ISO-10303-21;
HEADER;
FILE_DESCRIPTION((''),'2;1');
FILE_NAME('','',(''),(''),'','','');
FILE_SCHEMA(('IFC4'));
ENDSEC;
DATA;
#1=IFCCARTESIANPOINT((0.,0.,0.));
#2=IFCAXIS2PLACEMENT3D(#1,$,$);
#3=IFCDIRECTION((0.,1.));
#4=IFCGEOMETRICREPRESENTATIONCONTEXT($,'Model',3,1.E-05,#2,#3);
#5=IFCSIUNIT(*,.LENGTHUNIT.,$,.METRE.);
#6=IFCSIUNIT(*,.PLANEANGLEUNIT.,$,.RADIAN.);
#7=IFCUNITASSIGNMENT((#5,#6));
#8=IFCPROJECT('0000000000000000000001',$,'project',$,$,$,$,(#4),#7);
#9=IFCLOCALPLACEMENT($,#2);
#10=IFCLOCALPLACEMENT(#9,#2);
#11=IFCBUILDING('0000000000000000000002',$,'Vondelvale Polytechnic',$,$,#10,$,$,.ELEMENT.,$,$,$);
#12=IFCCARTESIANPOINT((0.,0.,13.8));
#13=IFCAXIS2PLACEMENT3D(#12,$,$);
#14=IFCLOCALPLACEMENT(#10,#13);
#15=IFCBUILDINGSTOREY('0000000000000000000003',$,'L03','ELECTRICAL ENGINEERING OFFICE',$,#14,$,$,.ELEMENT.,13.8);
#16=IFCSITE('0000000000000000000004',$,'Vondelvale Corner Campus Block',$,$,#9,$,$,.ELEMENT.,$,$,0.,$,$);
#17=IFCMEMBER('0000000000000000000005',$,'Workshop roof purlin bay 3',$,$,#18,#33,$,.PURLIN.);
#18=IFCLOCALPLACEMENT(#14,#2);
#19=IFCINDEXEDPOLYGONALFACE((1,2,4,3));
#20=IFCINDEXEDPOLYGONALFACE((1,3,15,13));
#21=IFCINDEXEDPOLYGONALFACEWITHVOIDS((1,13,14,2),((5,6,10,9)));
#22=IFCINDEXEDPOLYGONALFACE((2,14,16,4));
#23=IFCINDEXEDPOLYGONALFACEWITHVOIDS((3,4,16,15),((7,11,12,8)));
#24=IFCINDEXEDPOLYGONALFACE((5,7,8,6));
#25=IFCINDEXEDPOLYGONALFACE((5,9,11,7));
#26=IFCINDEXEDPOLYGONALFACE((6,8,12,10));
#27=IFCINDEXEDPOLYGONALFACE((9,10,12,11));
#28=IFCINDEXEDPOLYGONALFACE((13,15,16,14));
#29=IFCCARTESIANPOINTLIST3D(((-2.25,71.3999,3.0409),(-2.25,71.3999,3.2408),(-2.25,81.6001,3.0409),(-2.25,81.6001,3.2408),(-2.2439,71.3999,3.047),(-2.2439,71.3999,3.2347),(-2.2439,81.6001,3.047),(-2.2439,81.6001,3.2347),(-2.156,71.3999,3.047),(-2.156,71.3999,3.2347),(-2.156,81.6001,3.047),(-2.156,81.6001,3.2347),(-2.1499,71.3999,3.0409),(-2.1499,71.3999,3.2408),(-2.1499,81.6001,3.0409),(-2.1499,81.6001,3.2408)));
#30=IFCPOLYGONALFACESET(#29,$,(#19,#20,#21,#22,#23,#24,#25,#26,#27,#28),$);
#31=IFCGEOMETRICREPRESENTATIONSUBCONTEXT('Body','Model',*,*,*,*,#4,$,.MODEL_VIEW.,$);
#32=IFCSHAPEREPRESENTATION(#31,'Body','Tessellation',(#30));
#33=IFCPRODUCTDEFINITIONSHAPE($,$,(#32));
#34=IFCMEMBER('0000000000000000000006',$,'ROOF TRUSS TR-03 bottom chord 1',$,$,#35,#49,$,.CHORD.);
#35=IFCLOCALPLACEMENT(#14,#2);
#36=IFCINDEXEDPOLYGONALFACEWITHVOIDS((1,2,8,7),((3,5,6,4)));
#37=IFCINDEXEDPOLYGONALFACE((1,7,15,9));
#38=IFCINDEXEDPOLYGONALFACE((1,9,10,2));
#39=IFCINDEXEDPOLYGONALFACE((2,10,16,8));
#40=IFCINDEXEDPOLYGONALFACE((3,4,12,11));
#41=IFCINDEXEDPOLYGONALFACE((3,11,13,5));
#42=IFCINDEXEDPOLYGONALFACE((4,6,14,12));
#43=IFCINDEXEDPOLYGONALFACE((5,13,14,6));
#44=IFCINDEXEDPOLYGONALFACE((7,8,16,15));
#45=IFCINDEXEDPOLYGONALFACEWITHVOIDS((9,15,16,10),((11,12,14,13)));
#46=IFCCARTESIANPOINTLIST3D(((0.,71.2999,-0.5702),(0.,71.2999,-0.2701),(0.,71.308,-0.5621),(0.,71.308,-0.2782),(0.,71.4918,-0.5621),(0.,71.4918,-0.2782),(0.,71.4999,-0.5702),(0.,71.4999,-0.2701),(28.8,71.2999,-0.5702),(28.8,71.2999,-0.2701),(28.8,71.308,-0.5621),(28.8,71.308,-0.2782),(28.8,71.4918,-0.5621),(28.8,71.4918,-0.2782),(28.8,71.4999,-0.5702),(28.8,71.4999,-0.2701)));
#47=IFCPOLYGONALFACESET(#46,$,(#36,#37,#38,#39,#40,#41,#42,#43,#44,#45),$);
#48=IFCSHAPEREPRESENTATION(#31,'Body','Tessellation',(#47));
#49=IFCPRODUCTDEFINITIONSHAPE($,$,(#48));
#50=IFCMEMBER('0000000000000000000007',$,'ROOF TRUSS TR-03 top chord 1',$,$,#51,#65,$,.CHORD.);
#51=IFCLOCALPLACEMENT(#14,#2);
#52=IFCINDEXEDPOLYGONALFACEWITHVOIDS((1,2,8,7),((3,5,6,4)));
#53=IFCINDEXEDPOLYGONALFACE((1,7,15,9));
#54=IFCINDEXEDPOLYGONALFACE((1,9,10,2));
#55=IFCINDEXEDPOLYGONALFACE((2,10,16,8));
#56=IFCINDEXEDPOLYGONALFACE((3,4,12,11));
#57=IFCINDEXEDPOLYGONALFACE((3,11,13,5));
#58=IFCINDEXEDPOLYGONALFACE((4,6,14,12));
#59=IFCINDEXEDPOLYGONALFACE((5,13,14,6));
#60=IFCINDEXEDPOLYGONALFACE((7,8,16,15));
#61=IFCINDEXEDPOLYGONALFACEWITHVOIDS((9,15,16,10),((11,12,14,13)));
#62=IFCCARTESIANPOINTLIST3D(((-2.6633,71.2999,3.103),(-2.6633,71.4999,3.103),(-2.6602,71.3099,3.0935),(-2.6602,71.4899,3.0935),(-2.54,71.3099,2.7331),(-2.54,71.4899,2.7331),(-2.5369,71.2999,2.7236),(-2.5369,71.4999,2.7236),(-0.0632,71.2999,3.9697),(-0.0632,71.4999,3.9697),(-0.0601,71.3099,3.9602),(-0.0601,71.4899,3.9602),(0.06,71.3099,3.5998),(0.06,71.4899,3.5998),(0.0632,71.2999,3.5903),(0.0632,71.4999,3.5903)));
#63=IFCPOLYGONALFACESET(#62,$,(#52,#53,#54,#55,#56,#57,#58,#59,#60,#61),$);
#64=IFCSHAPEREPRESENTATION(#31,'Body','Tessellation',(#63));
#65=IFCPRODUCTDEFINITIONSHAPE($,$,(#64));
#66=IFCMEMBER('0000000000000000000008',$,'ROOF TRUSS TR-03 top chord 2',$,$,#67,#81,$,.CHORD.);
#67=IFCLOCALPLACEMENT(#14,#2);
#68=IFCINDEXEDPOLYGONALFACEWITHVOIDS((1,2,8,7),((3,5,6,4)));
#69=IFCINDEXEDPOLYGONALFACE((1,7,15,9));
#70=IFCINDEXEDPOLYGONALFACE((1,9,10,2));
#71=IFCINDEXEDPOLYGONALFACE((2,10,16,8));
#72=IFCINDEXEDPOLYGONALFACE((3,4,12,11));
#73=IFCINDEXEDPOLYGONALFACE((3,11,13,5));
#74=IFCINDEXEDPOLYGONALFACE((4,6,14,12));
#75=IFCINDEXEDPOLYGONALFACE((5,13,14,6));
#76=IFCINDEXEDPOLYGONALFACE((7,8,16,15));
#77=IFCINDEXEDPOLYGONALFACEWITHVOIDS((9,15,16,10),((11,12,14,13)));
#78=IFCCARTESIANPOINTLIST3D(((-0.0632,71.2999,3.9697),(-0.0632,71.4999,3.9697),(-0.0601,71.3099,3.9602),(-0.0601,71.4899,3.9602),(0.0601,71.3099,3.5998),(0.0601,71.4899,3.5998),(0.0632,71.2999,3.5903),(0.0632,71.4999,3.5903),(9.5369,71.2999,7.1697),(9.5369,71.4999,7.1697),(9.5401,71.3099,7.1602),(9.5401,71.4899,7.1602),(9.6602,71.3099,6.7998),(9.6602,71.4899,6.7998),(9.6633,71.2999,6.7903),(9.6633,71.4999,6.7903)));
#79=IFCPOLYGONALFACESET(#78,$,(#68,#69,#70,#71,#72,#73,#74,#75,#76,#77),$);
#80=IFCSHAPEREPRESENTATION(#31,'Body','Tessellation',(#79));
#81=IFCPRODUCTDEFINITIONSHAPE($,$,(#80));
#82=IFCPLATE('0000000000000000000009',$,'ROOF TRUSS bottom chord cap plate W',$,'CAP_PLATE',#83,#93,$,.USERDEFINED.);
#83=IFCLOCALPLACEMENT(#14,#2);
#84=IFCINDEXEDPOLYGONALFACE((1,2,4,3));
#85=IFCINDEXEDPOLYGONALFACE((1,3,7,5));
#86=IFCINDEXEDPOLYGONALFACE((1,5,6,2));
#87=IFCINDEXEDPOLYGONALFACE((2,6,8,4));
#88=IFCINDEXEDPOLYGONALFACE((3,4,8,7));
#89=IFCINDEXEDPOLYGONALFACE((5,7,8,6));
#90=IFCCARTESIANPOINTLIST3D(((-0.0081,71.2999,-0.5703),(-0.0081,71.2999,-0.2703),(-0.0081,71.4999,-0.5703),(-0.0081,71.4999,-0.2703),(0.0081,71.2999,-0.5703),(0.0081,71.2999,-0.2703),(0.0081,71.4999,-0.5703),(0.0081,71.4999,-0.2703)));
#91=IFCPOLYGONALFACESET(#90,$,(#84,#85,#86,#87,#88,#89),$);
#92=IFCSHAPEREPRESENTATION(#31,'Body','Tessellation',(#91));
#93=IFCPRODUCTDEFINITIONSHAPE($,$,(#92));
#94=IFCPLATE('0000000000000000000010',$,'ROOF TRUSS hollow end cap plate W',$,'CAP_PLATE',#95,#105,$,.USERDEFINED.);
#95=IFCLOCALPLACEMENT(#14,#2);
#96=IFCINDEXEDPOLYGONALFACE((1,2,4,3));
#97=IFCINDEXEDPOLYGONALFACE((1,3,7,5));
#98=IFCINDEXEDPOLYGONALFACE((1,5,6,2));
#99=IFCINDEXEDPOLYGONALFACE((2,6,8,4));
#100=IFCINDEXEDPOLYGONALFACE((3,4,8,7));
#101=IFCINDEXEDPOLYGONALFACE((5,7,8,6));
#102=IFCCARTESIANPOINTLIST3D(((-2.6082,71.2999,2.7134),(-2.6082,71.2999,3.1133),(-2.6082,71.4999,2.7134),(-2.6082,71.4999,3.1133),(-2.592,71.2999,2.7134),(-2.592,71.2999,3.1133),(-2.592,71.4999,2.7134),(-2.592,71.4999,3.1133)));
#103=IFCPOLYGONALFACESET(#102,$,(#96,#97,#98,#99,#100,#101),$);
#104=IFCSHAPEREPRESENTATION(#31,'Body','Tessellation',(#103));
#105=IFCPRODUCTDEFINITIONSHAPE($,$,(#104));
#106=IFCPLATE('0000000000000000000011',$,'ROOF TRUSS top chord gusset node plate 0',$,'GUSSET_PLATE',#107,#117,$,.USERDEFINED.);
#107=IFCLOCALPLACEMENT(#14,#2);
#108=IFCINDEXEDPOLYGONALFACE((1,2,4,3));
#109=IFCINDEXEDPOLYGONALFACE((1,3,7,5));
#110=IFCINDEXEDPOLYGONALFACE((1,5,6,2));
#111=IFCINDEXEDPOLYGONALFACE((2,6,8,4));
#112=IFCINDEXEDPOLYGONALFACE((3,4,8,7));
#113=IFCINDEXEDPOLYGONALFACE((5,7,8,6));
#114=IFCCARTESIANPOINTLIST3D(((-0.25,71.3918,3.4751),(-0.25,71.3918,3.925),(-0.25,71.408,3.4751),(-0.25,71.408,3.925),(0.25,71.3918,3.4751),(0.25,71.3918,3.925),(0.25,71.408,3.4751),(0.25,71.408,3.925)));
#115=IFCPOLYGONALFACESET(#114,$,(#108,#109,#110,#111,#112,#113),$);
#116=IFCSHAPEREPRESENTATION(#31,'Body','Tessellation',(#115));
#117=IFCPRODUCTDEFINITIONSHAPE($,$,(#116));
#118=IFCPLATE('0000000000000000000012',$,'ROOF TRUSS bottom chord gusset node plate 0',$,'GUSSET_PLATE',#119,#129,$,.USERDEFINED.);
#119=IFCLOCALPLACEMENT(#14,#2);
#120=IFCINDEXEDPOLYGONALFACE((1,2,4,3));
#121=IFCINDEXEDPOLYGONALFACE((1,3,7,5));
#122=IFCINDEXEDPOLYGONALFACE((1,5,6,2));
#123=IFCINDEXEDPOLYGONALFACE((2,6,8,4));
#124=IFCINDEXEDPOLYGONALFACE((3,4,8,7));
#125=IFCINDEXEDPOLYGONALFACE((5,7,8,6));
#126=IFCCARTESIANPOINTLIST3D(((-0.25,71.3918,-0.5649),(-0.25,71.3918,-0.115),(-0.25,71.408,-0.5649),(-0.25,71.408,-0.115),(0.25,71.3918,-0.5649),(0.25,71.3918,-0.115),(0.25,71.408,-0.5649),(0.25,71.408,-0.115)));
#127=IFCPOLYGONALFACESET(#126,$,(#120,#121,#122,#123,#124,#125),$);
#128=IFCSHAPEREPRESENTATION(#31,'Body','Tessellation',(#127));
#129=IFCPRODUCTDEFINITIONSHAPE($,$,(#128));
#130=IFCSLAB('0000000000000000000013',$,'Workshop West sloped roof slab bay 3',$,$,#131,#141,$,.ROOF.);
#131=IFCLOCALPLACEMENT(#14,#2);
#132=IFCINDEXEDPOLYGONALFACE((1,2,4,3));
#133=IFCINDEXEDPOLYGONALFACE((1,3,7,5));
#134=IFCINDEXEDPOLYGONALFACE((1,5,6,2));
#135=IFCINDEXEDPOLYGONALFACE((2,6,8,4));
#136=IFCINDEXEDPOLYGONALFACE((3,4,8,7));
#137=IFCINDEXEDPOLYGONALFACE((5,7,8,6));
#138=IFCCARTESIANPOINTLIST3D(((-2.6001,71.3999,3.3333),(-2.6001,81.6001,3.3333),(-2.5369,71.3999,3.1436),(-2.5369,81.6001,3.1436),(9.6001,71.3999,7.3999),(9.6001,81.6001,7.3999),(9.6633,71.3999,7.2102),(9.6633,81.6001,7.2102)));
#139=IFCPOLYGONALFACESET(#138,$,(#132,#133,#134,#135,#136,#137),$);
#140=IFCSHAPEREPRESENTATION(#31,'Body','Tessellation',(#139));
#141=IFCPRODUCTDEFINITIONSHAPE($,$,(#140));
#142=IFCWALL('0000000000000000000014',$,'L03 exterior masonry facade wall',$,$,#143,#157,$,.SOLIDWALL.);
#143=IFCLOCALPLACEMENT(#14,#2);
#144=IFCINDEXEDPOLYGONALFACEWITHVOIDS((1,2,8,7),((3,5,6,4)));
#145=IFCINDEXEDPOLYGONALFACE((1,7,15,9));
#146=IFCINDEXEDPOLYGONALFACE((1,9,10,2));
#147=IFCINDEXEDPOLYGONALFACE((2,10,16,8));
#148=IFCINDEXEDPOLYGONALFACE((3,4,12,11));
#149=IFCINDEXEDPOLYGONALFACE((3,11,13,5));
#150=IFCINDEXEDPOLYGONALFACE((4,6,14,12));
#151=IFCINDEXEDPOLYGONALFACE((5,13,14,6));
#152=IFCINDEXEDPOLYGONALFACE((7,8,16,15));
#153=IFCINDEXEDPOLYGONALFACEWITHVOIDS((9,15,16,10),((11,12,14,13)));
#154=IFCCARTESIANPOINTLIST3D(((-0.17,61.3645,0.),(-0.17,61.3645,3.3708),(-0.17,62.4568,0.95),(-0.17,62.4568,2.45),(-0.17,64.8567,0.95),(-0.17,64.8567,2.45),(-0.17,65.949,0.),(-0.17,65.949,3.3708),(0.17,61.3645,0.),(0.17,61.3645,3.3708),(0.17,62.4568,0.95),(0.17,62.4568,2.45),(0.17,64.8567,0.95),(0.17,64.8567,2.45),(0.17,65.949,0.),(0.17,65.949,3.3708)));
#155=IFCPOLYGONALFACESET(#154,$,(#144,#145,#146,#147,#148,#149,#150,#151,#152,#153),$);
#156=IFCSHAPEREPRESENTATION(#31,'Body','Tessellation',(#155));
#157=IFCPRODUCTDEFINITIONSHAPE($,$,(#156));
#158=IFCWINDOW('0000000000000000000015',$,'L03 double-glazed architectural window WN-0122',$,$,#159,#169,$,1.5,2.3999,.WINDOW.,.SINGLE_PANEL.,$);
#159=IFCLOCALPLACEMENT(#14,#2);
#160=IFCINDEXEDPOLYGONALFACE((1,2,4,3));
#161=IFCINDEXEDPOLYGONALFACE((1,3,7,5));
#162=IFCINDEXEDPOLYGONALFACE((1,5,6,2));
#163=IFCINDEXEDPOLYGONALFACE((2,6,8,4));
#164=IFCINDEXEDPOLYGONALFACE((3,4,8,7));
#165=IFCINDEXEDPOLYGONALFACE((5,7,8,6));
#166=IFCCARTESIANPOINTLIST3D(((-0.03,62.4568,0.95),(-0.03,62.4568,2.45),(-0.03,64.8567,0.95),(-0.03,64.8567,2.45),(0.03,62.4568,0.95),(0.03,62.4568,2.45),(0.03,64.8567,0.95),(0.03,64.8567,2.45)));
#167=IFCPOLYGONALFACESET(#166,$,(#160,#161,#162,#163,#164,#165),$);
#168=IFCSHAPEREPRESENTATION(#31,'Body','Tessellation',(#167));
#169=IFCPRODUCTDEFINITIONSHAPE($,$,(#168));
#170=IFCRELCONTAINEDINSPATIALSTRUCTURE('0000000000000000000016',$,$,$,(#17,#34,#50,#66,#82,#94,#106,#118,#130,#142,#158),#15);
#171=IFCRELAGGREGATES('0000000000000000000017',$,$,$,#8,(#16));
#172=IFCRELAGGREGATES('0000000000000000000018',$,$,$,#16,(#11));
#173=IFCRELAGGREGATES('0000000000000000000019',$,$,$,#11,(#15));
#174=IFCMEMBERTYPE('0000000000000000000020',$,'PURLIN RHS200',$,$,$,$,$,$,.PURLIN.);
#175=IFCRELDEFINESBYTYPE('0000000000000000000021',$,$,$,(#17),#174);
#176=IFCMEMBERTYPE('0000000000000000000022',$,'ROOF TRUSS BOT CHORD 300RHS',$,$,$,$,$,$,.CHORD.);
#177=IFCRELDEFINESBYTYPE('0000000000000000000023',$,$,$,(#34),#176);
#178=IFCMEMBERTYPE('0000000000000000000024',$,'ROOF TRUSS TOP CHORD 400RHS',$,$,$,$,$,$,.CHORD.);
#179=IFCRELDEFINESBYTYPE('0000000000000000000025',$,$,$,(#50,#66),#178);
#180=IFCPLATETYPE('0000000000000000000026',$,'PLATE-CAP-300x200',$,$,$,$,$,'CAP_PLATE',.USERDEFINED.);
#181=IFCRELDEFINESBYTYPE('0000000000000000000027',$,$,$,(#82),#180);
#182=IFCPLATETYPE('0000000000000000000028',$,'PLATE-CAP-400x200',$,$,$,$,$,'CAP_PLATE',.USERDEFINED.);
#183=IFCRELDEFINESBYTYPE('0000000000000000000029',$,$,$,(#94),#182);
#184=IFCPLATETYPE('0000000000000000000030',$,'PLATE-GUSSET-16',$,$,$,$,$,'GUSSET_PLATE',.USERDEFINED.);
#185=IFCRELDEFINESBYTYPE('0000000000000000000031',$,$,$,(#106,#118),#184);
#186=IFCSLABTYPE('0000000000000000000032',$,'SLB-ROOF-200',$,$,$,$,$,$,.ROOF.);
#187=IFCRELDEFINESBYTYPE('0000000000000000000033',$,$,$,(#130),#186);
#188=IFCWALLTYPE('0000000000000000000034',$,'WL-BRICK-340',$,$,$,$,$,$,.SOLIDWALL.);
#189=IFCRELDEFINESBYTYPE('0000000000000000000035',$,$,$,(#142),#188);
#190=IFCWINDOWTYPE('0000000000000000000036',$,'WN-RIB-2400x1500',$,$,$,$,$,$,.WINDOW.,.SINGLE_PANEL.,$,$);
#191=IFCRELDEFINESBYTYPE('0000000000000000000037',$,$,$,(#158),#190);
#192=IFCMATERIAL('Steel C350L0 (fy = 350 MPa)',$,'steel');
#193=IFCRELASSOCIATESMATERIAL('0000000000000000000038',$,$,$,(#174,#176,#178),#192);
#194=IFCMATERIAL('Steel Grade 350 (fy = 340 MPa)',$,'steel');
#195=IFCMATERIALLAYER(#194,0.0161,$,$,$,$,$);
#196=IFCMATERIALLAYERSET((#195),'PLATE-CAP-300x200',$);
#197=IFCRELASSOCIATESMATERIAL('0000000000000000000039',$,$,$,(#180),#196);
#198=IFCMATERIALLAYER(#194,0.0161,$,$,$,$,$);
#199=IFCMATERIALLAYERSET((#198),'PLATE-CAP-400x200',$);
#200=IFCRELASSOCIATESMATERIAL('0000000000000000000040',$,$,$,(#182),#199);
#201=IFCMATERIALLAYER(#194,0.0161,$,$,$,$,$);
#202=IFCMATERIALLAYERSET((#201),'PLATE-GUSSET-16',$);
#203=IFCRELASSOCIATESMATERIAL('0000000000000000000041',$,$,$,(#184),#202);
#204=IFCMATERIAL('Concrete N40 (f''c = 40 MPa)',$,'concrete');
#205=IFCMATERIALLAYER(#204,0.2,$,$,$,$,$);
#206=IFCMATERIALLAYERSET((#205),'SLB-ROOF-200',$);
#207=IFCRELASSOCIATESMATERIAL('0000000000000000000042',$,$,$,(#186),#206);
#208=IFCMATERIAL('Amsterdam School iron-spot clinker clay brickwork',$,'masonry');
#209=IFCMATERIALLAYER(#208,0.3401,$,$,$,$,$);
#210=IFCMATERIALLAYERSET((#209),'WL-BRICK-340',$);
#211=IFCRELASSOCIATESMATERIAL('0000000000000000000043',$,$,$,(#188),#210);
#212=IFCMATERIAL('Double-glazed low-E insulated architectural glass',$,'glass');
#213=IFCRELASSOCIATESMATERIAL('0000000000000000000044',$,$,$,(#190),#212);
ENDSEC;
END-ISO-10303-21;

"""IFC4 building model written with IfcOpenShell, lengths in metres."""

from ifc_helpers import new_model, si_unit, direction, frame, frame_2d, origin, origin_2d, place, context, subcontext, project, spatial, polyline, rectangle, hollow_rectangle, outline, extrude, material, layer, layer_set, material_profile, profile_set, type_object, element, fill, save


model = new_model("IFC4")

# Units and contexts
model_context = context("Model", 3, precision=1e-05, world=origin(), true_north=direction((0.0, 1.0)))
body_context = subcontext(model_context, "Body", "Model", "MODEL_VIEW")
ifc_project = project(units=[si_unit("LENGTHUNIT", "METRE"), si_unit("PLANEANGLEUNIT", "RADIAN")], contexts=[model_context])

# Site, building, storey
site_placement = place(None, origin())
site = spatial("IfcSite", under=ifc_project, at=site_placement, Name="Vondelvale Corner Campus Block", CompositionType="ELEMENT", RefElevation=0.0)
building_placement = place(site_placement, origin())
building = spatial("IfcBuilding", under=site, at=building_placement, Name="Vondelvale Polytechnic", CompositionType="ELEMENT")
storey_placement = place(building_placement, frame((0.0, 0.0, 13.8)))
storey = spatial("IfcBuildingStorey", under=building, at=storey_placement, Name="L03", Description="ELECTRICAL ENGINEERING OFFICE", CompositionType="ELEMENT", Elevation=13.8)

# Members
ifc_material_1 = material(Name="Steel C350L0 (fy = 350 MPa)", Category="steel")
ifc_material_profile_1 = material_profile(ifc_material_1, hollow_rectangle(XDim=0.1001, YDim=0.2, WallThickness=0.0061, at=origin_2d()), Name="200x100x6.0RHS")
ifc_profile_set_1 = profile_set([ifc_material_profile_1], Name="Steel C350L0 (fy = 350 MPa)")
member_type_1 = type_object("IfcMemberType", Name="PURLIN RHS200", PredefinedType="PURLIN", material=ifc_profile_set_1)
member_1_placement = place(storey_placement, frame((-2.2, 71.3999, 3.1409), z_axis=(0.0, 1.0, 0.0), x_axis=(-1.0, 0.0, 0.0)))
element("IfcMember", 1, at=member_1_placement, inside=storey, type_object=member_type_1, Name="Workshop roof purlin bay 3", PredefinedType="PURLIN", context=body_context, shape_type="SweptSolid", body=[
    extrude(hollow_rectangle(XDim=0.1001, YDim=0.2, WallThickness=0.0061, at=origin_2d()), origin(), (0.0, 0.0, 1.0), 10.2002),
])
ifc_material_profile_2 = material_profile(ifc_material_1, hollow_rectangle(XDim=0.2, YDim=0.3, WallThickness=0.0081, at=origin_2d()), Name="300x200x8.0RHS")
ifc_profile_set_2 = profile_set([ifc_material_profile_2], Name="Steel C350L0 (fy = 350 MPa)")
member_type_2 = type_object("IfcMemberType", Name="ROOF TRUSS BOT CHORD 300RHS", PredefinedType="CHORD", material=ifc_profile_set_2)
member_2_placement = place(storey_placement, frame((0.0, 71.3999, -0.4202), z_axis=(1.0, 0.0, 0.0), x_axis=(0.0, 1.0, 0.0)))
element("IfcMember", 2, at=member_2_placement, inside=storey, type_object=member_type_2, Name="ROOF TRUSS TR-03 bottom chord 1", PredefinedType="CHORD", context=body_context, shape_type="SweptSolid", body=[
    extrude(hollow_rectangle(XDim=0.2, YDim=0.3, WallThickness=0.0081, at=origin_2d()), origin(), (0.0, 0.0, 1.0), 28.8),
])
ifc_material_profile_3 = material_profile(ifc_material_1, hollow_rectangle(XDim=0.2, YDim=0.3999, WallThickness=0.01, at=origin_2d()), Name="400x200x10.0RHS")
ifc_profile_set_3 = profile_set([ifc_material_profile_3], Name="Steel C350L0 (fy = 350 MPa)")
member_type_3 = type_object("IfcMemberType", Name="ROOF TRUSS TOP CHORD 400RHS", PredefinedType="CHORD", material=ifc_profile_set_3)
member_3_placement = place(storey_placement, frame((-2.6001, 71.3999, 2.9133), z_axis=(0.948683, 0.0, 0.316228), x_axis=(0.0, 1.0, 0.0)))
element("IfcMember", 3, at=member_3_placement, inside=storey, type_object=member_type_3, Name="ROOF TRUSS TR-03 top chord 1", PredefinedType="CHORD", context=body_context, shape_type="SweptSolid", body=[
    extrude(hollow_rectangle(XDim=0.2, YDim=0.3999, WallThickness=0.01, at=origin_2d()), origin(), (0.0, 0.0, 1.0), 2.7407),
])
member_4_placement = place(storey_placement, frame((0.0, 71.3999, 3.78), z_axis=(0.948686, 0.0, 0.316221), x_axis=(0.0, 1.0, 0.0)))
element("IfcMember", 4, at=member_4_placement, inside=storey, type_object=member_type_3, Name="ROOF TRUSS TR-03 top chord 2", PredefinedType="CHORD", context=body_context, shape_type="SweptSolid", body=[
    extrude(hollow_rectangle(XDim=0.2, YDim=0.3999, WallThickness=0.01, at=origin_2d()), origin(), (0.0, 0.0, 1.0), 10.1194),
])

# Plates
ifc_material_2 = material(Name="Steel Grade 350 (fy = 340 MPa)", Category="steel")
ifc_layer_1 = layer(ifc_material_2, 0.0161)
ifc_layer_set_1 = layer_set([ifc_layer_1], Name="PLATE-CAP-300x200")
plate_type_1 = type_object("IfcPlateType", Name="PLATE-CAP-300x200", ElementType="CAP_PLATE", PredefinedType="USERDEFINED", material=ifc_layer_set_1)
plate_1_placement = place(storey_placement, frame((0.0, 71.3999, -0.5703), z_axis=(0.0, 0.0, 1.0), x_axis=(1.0, 0.0, 0.0)))
element("IfcPlate", 5, at=plate_1_placement, inside=storey, type_object=plate_type_1, Name="ROOF TRUSS bottom chord cap plate W", ObjectType="CAP_PLATE", PredefinedType="USERDEFINED", context=body_context, shape_type="SweptSolid", body=[
    extrude(rectangle(XDim=0.0161, YDim=0.2, at=origin_2d()), origin(), (0.0, 0.0, 1.0), 0.3),
])
ifc_layer_2 = layer(ifc_material_2, 0.0161)
ifc_layer_set_2 = layer_set([ifc_layer_2], Name="PLATE-CAP-400x200")
plate_type_2 = type_object("IfcPlateType", Name="PLATE-CAP-400x200", ElementType="CAP_PLATE", PredefinedType="USERDEFINED", material=ifc_layer_set_2)
plate_2_placement = place(storey_placement, frame((-2.6001, 71.3999, 2.7134), z_axis=(0.0, 0.0, 1.0), x_axis=(1.0, 0.0, 0.0)))
element("IfcPlate", 6, at=plate_2_placement, inside=storey, type_object=plate_type_2, Name="ROOF TRUSS hollow end cap plate W", ObjectType="CAP_PLATE", PredefinedType="USERDEFINED", context=body_context, shape_type="SweptSolid", body=[
    extrude(rectangle(XDim=0.0161, YDim=0.2, at=origin_2d()), origin(), (0.0, 0.0, 1.0), 0.3999),
])
ifc_layer_3 = layer(ifc_material_2, 0.0161)
ifc_layer_set_3 = layer_set([ifc_layer_3], Name="PLATE-GUSSET-16")
plate_type_3 = type_object("IfcPlateType", Name="PLATE-GUSSET-16", ElementType="GUSSET_PLATE", PredefinedType="USERDEFINED", material=ifc_layer_set_3)
for number, where, z_axis, x_axis, name in (
    (7, (0.0, 71.3999, 3.4751), (0.0, 0.0, 1.0), (1.0, 0.0, 0.0), "ROOF TRUSS top chord gusset node plate 0"),
    (8, (0.0, 71.3999, -0.5649), (0.0, 0.0, 1.0), (1.0, 0.0, 0.0), "ROOF TRUSS bottom chord gusset node plate 0"),
):
    element("IfcPlate", number, at=place(storey_placement, frame(where, z_axis=z_axis, x_axis=x_axis)), inside=storey, type_object=plate_type_3, Name=name, ObjectType="GUSSET_PLATE", PredefinedType="USERDEFINED", context=body_context, shape_type="SweptSolid", body=[
        extrude(rectangle(XDim=0.5, YDim=0.0161, at=origin_2d()), origin(), (0.0, 0.0, 1.0), 0.45),
    ])

# Slab
ifc_material_3 = material(Name="Concrete N40 (f'c = 40 MPa)", Category="concrete")
ifc_layer_4 = layer(ifc_material_3, 0.2)
ifc_layer_set_4 = layer_set([ifc_layer_4], Name="SLB-ROOF-200")
slab_type = type_object("IfcSlabType", Name="SLB-ROOF-200", PredefinedType="ROOF", material=ifc_layer_set_4)
slab_placement = place(storey_placement, frame((-2.6001, 71.3999, 3.3333), z_axis=(-0.316222, 0.0, 0.948685), x_axis=(0.948685, 0.0, 0.316222)))
element("IfcSlab", 9, at=slab_placement, inside=storey, type_object=slab_type, Name="Workshop West sloped roof slab bay 3", PredefinedType="ROOF", context=body_context, shape_type="SweptSolid", body=[
    extrude(outline(polyline([(0.0, 0.0), (12.8601, 0.0), (12.8601, 10.2002), (0.0, 10.2002), (0.0, 0.0)])), origin(), (0.0, 0.0, -1.0), 0.2),
])

# Wall, opening, window
ifc_material_4 = material(Name="Amsterdam School iron-spot clinker clay brickwork", Category="masonry")
ifc_layer_5 = layer(ifc_material_4, 0.3401)
ifc_layer_set_5 = layer_set([ifc_layer_5], Name="WL-BRICK-340")
wall_type = type_object("IfcWallType", Name="WL-BRICK-340", PredefinedType="SOLIDWALL", material=ifc_layer_set_5)
wall_1_placement = place(storey_placement, frame((0.0, 61.3645, 0.0), z_axis=(0.0, 0.0, 1.0), x_axis=(0.0, 1.0, 0.0)))
wall_1 = element("IfcWall", 10, at=wall_1_placement, inside=storey, type_object=wall_type, Name="L03 exterior masonry facade wall", PredefinedType="SOLIDWALL", context=body_context, shape_type="SweptSolid", body=[
    extrude(rectangle(XDim=4.5845, YDim=0.3401, at=frame_2d((2.2922, 0.0))), origin(), (0.0, 0.0, 1.0), 3.3708),
])
opening_1_placement = place(wall_1_placement, frame((1.0923, 0.0, 0.95)))
opening_1 = element("IfcOpeningElement", 11, at=opening_1_placement, cuts=wall_1, PredefinedType="OPENING", context=body_context, shape_type="SweptSolid", body=[
    extrude(rectangle(XDim=2.3999, YDim=1.5, at=frame_2d((1.2, 0.75))), frame((0.0, 0.1799, 0.0), z_axis=(0.0, -1.0, 0.0), x_axis=(1.0, 0.0, 0.0)), (0.0, 0.0, 1.0), 0.3601),
])
ifc_material_5 = material(Name="Double-glazed low-E insulated architectural glass", Category="glass")
window_type = type_object("IfcWindowType", Name="WN-RIB-2400x1500", PartitioningType="SINGLE_PANEL", PredefinedType="WINDOW", material=ifc_material_5)
window_1_placement = place(opening_1_placement, origin())
window_1 = element("IfcWindow", 12, at=window_1_placement, inside=storey, type_object=window_type, Name="L03 double-glazed architectural window WN-0122", OverallHeight=1.5, OverallWidth=2.3999, PartitioningType="SINGLE_PANEL", PredefinedType="WINDOW", context=body_context, shape_type="SweptSolid", body=[
    extrude(rectangle(XDim=2.3999, YDim=1.5, at=frame_2d((1.2, 0.75))), frame((0.0, 0.03, 0.0), z_axis=(0.0, -1.0, 0.0), x_axis=(1.0, 0.0, 0.0)), (0.0, 0.0, 1.0), 0.0601),
])
fill(opening_1, window_1)

save(model, "model.ifc")
